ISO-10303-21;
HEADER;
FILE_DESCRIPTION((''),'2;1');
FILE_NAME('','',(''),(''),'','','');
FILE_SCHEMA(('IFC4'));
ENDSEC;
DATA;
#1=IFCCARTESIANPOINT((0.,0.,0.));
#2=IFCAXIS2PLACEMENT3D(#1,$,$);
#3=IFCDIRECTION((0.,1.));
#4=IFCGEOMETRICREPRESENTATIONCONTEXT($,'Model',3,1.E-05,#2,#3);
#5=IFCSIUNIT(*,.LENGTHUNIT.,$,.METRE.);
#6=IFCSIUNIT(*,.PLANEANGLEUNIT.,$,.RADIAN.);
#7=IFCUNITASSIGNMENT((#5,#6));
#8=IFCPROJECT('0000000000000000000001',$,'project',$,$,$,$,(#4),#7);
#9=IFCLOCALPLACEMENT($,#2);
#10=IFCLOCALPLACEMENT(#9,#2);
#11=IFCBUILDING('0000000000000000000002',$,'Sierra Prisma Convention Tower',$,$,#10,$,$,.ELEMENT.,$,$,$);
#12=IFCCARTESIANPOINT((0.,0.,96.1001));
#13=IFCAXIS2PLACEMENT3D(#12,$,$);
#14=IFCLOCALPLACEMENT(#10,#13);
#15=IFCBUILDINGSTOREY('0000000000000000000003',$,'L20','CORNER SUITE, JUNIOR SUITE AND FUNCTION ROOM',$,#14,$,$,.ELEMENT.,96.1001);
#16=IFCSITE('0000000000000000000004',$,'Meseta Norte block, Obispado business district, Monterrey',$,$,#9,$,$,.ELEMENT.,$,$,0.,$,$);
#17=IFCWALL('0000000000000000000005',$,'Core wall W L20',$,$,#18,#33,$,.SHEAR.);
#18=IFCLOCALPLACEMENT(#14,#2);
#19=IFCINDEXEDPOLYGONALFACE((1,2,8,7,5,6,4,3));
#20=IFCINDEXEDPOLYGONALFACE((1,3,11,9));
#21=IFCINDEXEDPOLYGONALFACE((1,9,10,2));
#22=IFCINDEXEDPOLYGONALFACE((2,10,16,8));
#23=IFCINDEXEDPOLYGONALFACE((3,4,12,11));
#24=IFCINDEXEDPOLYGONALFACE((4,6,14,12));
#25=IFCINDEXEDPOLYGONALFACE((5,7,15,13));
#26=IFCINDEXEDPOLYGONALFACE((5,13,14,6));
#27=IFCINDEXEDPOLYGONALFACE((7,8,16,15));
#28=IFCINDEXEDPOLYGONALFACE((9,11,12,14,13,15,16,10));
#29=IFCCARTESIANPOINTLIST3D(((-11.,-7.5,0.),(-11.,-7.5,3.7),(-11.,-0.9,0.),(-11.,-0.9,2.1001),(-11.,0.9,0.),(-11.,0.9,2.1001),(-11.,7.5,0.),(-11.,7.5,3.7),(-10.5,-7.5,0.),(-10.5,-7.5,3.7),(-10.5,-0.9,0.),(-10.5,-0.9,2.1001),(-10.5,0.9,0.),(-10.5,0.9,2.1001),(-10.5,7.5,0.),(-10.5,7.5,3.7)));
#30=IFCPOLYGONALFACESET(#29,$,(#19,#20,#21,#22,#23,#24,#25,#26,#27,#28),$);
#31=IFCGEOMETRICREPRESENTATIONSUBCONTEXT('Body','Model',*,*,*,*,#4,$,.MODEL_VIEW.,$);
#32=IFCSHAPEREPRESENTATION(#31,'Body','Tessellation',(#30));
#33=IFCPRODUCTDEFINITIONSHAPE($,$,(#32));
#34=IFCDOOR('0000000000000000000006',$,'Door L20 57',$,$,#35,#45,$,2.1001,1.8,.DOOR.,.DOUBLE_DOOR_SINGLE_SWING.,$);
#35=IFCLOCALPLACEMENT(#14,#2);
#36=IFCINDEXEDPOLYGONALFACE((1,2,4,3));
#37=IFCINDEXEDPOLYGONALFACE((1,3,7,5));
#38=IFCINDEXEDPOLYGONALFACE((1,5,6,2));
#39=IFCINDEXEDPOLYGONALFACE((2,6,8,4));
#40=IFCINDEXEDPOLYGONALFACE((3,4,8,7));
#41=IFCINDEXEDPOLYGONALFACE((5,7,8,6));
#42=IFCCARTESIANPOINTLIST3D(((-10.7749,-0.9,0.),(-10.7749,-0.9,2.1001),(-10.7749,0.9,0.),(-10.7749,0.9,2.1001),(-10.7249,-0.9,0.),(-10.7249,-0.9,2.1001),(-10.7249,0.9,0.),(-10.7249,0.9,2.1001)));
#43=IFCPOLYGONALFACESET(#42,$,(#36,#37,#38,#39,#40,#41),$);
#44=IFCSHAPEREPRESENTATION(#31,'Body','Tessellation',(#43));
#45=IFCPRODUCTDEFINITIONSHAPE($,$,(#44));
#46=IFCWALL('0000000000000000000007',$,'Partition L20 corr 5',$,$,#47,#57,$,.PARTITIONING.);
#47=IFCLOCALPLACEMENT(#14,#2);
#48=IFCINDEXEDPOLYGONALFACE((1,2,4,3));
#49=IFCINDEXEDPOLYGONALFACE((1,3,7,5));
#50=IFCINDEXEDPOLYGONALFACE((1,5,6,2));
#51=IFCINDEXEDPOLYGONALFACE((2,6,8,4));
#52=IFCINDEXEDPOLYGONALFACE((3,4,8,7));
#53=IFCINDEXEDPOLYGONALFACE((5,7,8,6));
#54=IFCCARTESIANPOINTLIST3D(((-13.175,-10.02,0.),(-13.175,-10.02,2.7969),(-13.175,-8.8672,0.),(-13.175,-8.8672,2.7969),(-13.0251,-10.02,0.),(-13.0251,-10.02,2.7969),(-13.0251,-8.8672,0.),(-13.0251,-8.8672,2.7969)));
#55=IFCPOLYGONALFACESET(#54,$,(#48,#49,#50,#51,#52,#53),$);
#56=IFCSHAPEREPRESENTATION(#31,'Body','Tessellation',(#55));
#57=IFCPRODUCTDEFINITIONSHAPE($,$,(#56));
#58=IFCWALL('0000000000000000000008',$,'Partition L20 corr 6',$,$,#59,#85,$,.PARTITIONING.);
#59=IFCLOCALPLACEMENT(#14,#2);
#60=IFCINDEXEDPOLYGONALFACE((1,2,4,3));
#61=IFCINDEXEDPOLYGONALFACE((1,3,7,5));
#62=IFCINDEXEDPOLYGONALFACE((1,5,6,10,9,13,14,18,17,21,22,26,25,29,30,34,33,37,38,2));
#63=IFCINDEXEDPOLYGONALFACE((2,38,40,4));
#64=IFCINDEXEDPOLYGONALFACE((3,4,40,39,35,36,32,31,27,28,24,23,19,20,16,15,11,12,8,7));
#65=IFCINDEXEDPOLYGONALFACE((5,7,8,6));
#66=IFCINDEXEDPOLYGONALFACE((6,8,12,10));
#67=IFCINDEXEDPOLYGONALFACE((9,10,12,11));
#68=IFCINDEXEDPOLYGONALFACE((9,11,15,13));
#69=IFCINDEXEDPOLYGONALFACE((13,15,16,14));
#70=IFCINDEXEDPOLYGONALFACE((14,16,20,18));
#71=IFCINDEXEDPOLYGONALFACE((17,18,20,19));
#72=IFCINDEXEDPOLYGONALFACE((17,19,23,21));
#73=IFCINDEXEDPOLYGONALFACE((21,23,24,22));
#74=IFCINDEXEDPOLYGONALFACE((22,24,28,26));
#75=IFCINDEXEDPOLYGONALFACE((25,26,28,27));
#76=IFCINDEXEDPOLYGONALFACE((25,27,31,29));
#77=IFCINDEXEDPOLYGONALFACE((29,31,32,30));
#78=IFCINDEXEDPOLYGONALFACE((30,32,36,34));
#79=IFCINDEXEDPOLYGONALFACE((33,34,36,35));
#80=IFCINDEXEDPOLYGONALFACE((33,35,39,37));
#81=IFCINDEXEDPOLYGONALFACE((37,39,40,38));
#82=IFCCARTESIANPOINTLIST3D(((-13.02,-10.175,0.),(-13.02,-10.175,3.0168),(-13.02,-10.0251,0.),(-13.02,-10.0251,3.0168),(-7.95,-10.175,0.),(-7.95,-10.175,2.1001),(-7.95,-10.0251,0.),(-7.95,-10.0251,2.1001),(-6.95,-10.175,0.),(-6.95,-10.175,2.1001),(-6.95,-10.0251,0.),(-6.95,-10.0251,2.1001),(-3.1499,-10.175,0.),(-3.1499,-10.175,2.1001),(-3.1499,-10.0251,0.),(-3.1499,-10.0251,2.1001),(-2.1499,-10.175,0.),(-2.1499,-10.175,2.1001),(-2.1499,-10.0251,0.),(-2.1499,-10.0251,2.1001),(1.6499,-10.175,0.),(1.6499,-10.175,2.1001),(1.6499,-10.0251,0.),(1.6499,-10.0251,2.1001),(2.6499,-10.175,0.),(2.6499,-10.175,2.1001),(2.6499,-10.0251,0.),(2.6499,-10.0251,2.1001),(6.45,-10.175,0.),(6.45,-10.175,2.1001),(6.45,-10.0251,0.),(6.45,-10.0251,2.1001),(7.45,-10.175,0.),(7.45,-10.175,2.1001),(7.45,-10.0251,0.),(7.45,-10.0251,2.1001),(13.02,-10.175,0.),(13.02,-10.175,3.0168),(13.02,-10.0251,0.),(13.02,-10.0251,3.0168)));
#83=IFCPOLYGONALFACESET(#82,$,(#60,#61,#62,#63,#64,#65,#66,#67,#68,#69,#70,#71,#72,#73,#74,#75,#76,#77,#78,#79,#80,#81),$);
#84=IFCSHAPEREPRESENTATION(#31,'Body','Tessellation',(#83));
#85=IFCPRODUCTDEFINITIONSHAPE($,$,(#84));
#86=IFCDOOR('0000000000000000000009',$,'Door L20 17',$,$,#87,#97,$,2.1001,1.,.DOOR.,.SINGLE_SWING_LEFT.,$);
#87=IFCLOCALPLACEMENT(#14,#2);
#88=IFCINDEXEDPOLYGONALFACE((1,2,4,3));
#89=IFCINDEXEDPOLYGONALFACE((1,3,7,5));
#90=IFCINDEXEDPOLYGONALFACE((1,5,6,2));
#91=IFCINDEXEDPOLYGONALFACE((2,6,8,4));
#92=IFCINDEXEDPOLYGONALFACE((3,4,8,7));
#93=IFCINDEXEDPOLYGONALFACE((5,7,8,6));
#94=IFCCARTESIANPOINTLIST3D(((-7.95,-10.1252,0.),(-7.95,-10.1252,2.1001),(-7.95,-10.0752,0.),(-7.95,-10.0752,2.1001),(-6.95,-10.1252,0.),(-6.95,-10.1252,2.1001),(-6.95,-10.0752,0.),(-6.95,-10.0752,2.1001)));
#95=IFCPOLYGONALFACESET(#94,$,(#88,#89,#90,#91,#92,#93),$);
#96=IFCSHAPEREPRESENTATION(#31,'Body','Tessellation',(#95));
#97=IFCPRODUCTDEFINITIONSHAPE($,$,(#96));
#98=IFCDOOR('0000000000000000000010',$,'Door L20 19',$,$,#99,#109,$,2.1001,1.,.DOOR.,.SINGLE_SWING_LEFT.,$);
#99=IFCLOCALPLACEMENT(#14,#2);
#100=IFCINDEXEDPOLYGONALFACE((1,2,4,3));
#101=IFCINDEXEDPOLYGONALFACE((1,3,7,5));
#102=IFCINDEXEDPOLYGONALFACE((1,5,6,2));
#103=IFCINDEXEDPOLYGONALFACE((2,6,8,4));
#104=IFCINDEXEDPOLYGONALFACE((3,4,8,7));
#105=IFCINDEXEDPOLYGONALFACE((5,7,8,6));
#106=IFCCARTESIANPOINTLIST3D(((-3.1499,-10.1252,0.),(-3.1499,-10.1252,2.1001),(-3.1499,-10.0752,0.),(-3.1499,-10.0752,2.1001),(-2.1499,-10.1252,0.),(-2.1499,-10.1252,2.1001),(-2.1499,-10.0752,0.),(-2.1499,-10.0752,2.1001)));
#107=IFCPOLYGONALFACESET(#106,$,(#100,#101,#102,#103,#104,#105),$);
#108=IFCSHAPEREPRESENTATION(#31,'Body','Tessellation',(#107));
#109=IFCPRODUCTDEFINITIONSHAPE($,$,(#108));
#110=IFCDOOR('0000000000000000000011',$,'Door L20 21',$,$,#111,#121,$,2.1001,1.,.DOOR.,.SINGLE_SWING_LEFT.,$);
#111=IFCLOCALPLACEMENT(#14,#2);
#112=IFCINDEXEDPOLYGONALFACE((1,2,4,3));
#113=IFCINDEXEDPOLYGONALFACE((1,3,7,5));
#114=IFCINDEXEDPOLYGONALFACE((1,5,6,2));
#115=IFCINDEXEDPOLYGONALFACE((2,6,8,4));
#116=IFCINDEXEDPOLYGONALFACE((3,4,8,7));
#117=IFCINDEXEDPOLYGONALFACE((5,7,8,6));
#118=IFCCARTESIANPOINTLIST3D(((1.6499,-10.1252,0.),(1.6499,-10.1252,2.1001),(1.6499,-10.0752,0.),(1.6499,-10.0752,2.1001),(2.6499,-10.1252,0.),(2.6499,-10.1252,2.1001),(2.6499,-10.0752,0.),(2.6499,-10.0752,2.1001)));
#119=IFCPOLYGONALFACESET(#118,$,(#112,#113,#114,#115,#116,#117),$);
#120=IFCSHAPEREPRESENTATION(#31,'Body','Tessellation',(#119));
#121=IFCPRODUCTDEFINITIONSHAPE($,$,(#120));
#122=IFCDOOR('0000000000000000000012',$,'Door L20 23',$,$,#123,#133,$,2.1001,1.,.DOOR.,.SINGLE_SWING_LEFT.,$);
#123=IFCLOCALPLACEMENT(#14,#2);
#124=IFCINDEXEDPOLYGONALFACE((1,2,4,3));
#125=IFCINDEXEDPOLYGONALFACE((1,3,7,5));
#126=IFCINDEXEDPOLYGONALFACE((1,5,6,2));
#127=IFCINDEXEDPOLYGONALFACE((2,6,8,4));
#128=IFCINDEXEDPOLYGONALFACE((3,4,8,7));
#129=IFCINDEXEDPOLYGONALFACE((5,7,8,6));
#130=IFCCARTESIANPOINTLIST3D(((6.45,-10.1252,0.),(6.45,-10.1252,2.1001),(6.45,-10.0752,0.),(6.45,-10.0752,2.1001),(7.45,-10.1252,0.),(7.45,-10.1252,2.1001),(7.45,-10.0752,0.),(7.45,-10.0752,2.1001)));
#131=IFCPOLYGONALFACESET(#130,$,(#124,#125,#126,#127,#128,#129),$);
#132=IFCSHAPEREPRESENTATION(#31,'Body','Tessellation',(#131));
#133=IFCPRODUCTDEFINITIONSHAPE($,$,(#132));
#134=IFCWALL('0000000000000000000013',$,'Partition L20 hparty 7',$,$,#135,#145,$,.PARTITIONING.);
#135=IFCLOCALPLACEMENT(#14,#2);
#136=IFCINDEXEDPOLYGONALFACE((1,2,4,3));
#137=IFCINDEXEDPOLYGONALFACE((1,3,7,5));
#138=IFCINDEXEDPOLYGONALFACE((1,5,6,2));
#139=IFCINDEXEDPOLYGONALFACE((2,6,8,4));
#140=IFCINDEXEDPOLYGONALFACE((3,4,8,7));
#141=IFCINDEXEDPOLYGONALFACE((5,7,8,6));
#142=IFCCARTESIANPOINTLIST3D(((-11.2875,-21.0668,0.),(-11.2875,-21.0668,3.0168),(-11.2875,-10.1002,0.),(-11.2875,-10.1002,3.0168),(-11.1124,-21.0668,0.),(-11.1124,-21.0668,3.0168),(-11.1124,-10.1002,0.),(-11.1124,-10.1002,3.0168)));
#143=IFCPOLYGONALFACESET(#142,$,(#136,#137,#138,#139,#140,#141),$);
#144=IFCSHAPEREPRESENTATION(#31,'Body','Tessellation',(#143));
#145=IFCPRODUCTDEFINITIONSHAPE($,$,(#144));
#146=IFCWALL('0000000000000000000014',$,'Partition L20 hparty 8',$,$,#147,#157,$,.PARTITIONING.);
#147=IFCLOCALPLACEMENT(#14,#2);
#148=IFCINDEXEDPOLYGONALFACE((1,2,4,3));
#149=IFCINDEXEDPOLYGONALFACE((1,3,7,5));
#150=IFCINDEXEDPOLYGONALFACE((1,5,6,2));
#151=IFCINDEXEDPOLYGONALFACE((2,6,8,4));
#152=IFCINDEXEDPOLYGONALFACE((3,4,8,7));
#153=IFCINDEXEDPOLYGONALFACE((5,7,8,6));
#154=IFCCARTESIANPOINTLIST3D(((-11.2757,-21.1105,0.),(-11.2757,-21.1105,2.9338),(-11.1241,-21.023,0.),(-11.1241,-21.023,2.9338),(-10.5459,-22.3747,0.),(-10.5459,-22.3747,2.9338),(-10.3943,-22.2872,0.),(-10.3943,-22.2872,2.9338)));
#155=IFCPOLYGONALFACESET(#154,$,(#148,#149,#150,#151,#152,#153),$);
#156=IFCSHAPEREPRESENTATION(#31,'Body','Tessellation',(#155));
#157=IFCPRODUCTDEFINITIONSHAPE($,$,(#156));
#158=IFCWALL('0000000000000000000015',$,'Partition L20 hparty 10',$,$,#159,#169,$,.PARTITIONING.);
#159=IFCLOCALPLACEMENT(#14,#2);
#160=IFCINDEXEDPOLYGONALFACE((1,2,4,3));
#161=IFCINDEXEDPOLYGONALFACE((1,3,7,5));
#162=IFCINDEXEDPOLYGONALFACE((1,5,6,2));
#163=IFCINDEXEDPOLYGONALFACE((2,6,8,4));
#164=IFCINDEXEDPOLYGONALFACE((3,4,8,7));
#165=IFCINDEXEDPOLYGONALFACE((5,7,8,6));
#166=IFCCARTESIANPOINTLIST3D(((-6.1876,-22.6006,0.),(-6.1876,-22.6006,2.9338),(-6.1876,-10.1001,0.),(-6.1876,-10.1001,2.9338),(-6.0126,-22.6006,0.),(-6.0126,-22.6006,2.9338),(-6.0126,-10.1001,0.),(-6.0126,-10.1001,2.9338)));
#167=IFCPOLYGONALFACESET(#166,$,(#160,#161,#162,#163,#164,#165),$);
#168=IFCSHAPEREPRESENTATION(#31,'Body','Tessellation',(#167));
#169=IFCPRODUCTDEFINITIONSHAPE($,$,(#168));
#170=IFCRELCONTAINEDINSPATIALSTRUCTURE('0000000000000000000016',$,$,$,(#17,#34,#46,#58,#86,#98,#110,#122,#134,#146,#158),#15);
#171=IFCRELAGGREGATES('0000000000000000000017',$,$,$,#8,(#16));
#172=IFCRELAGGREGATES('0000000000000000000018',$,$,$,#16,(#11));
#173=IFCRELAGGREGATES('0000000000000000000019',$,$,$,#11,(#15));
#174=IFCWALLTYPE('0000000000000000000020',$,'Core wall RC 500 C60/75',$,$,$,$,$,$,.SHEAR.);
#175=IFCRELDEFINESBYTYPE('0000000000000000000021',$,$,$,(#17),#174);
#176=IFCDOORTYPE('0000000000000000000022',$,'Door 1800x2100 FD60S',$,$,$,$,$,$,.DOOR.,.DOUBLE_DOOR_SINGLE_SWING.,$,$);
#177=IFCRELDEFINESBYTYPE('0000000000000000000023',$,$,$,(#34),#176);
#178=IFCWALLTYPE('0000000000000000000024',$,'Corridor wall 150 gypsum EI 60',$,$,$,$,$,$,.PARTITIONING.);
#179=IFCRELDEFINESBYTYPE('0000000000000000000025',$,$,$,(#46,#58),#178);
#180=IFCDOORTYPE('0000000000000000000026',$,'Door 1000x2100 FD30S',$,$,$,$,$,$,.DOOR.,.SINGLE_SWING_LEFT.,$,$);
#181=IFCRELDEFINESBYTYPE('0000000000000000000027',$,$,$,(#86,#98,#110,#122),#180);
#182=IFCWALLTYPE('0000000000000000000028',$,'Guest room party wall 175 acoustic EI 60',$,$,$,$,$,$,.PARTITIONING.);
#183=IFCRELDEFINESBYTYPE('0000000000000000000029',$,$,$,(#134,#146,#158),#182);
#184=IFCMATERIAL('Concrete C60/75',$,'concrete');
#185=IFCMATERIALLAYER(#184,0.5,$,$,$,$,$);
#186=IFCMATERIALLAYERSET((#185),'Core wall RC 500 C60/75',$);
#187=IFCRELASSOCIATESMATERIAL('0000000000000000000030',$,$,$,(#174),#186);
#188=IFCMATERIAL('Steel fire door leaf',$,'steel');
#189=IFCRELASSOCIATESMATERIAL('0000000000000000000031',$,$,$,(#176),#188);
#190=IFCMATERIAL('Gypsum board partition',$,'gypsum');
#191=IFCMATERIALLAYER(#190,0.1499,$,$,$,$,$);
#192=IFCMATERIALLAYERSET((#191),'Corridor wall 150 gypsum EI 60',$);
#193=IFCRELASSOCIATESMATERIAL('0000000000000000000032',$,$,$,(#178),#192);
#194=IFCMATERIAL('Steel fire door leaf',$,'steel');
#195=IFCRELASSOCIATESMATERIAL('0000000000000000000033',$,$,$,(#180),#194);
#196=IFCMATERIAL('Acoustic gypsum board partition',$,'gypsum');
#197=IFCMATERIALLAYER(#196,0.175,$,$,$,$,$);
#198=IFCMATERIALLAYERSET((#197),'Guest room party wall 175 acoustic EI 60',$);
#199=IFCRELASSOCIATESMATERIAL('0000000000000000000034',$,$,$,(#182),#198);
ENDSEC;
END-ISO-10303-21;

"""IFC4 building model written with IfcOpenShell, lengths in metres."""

from ifc_helpers import new_model, si_unit, direction, frame, frame_2d, origin, place, context, subcontext, project, spatial, rectangle, extrude, material, layer, layer_set, type_object, element, fill, save


model = new_model("IFC4")

# Units and contexts
model_context = context("Model", 3, precision=1e-05, world=origin(), true_north=direction((0.0, 1.0)))
body_context = subcontext(model_context, "Body", "Model", "MODEL_VIEW")
ifc_project = project(units=[si_unit("LENGTHUNIT", "METRE"), si_unit("PLANEANGLEUNIT", "RADIAN")], contexts=[model_context])

# Site, building, storey
site_placement = place(None, origin())
site = spatial("IfcSite", under=ifc_project, at=site_placement, Name="Meseta Norte block, Obispado business district, Monterrey", CompositionType="ELEMENT", RefElevation=0.0)
building_placement = place(site_placement, origin())
building = spatial("IfcBuilding", under=site, at=building_placement, Name="Sierra Prisma Convention Tower", CompositionType="ELEMENT")
storey_placement = place(building_placement, frame((0.0, 0.0, 96.1001)))
storey = spatial("IfcBuildingStorey", under=building, at=storey_placement, Name="L20", Description="CORNER SUITE, JUNIOR SUITE AND FUNCTION ROOM", CompositionType="ELEMENT", Elevation=96.1001)

# Wall, opening, door
ifc_material_1 = material(Name="Concrete C60/75", Category="concrete")
ifc_layer_1 = layer(ifc_material_1, 0.5)
ifc_layer_set_1 = layer_set([ifc_layer_1], Name="Core wall RC 500 C60/75")
wall_type_1 = type_object("IfcWallType", Name="Core wall RC 500 C60/75", PredefinedType="SHEAR", material=ifc_layer_set_1)
wall_1_placement = place(storey_placement, frame((-10.75, -7.5, 0.0), z_axis=(0.0, 0.0, 1.0), x_axis=(0.0, 1.0, 0.0)))
wall_1 = element("IfcWall", 1, at=wall_1_placement, inside=storey, type_object=wall_type_1, Name="Core wall W L20", PredefinedType="SHEAR", context=body_context, shape_type="SweptSolid", body=[
    extrude(rectangle(XDim=15.0, YDim=0.5, at=frame_2d((7.5, 0.0))), origin(), (0.0, 0.0, 1.0), 3.7),
])
opening_1_placement = place(wall_1_placement, frame((6.6001, 0.0, 0.0)))
opening_1 = element("IfcOpeningElement", 2, at=opening_1_placement, cuts=wall_1, PredefinedType="OPENING", context=body_context, shape_type="SweptSolid", body=[
    extrude(rectangle(XDim=1.8, YDim=2.1001, at=frame_2d((0.8999, 1.05))), frame((0.0, 0.25, 0.0), z_axis=(0.0, -1.0, 0.0), x_axis=(1.0, 0.0, 0.0)), (0.0, 0.0, 1.0), 0.5),
])
ifc_material_2 = material(Name="Steel fire door leaf", Category="steel")
door_type_1 = type_object("IfcDoorType", Name="Door 1800x2100 FD60S", OperationType="DOUBLE_DOOR_SINGLE_SWING", PredefinedType="DOOR", material=ifc_material_2)
door_1_placement = place(opening_1_placement, origin())
door_1 = element("IfcDoor", 3, at=door_1_placement, inside=storey, type_object=door_type_1, Name="Door L20 57", OperationType="DOUBLE_DOOR_SINGLE_SWING", OverallHeight=2.1001, OverallWidth=1.8, PredefinedType="DOOR", context=body_context, shape_type="SweptSolid", body=[
    extrude(rectangle(XDim=1.8, YDim=2.1001, at=frame_2d((0.8999, 1.05))), frame((0.0, 0.0249, 0.0), z_axis=(0.0, -1.0, 0.0), x_axis=(1.0, 0.0, 0.0)), (0.0, 0.0, 1.0), 0.05),
])
fill(opening_1, door_1)

# Wall
ifc_material_3 = material(Name="Gypsum board partition", Category="gypsum")
ifc_layer_2 = layer(ifc_material_3, 0.1499)
ifc_layer_set_2 = layer_set([ifc_layer_2], Name="Corridor wall 150 gypsum EI 60")
wall_type_2 = type_object("IfcWallType", Name="Corridor wall 150 gypsum EI 60", PredefinedType="PARTITIONING", material=ifc_layer_set_2)
wall_2_placement = place(storey_placement, frame((-13.1001, -8.8672, 0.0), z_axis=(0.0, 0.0, 1.0), x_axis=(0.0, -1.0, 0.0)))
element("IfcWall", 4, at=wall_2_placement, inside=storey, type_object=wall_type_2, Name="Partition L20 corr 5", PredefinedType="PARTITIONING", context=body_context, shape_type="SweptSolid", body=[
    extrude(rectangle(XDim=1.1528, YDim=0.1499, at=frame_2d((0.5764, 0.0))), origin(), (0.0, 0.0, 1.0), 2.7969),
])

# Wall, openings, doors
wall_3_placement = place(storey_placement, frame((-13.02, -10.1001, 0.0), z_axis=(0.0, 0.0, 1.0), x_axis=(1.0, 0.0, 0.0)))
wall_3 = element("IfcWall", 5, at=wall_3_placement, inside=storey, type_object=wall_type_2, Name="Partition L20 corr 6", PredefinedType="PARTITIONING", context=body_context, shape_type="SweptSolid", body=[
    extrude(rectangle(XDim=26.04, YDim=0.1499, at=frame_2d((13.02, 0.0))), origin(), (0.0, 0.0, 1.0), 3.0168),
])
opening_2_placement = place(wall_3_placement, frame((5.0701, 0.0, 0.0)))
opening_2 = element("IfcOpeningElement", 6, at=opening_2_placement, cuts=wall_3, PredefinedType="OPENING", context=body_context, shape_type="SweptSolid", body=[
    extrude(rectangle(XDim=1.0, YDim=2.1001, at=frame_2d((0.5, 1.05))), frame((0.0, 0.075, 0.0), z_axis=(0.0, -1.0, 0.0), x_axis=(1.0, 0.0, 0.0)), (0.0, 0.0, 1.0), 0.1499),
])
opening_3_placement = place(wall_3_placement, frame((9.8701, 0.0, 0.0)))
opening_3 = element("IfcOpeningElement", 7, at=opening_3_placement, cuts=wall_3, PredefinedType="OPENING", context=body_context, shape_type="SweptSolid", body=[
    extrude(rectangle(XDim=1.0, YDim=2.1001, at=frame_2d((0.5, 1.05))), frame((0.0, 0.075, 0.0), z_axis=(0.0, -1.0, 0.0), x_axis=(1.0, 0.0, 0.0)), (0.0, 0.0, 1.0), 0.1499),
])
opening_4_placement = place(wall_3_placement, frame((14.6699, 0.0, 0.0)))
opening_4 = element("IfcOpeningElement", 8, at=opening_4_placement, cuts=wall_3, PredefinedType="OPENING", context=body_context, shape_type="SweptSolid", body=[
    extrude(rectangle(XDim=1.0, YDim=2.1001, at=frame_2d((0.5, 1.05))), frame((0.0, 0.075, 0.0), z_axis=(0.0, -1.0, 0.0), x_axis=(1.0, 0.0, 0.0)), (0.0, 0.0, 1.0), 0.1499),
])
opening_5_placement = place(wall_3_placement, frame((19.47, 0.0, 0.0)))
opening_5 = element("IfcOpeningElement", 9, at=opening_5_placement, cuts=wall_3, PredefinedType="OPENING", context=body_context, shape_type="SweptSolid", body=[
    extrude(rectangle(XDim=1.0, YDim=2.1001, at=frame_2d((0.5, 1.05))), frame((0.0, 0.075, 0.0), z_axis=(0.0, -1.0, 0.0), x_axis=(1.0, 0.0, 0.0)), (0.0, 0.0, 1.0), 0.1499),
])
ifc_material_4 = material(Name="Steel fire door leaf", Category="steel")
door_type_2 = type_object("IfcDoorType", Name="Door 1000x2100 FD30S", OperationType="SINGLE_SWING_LEFT", PredefinedType="DOOR", material=ifc_material_4)
door_2_placement = place(opening_2_placement, origin())
door_2 = element("IfcDoor", 10, at=door_2_placement, inside=storey, type_object=door_type_2, Name="Door L20 17", OperationType="SINGLE_SWING_LEFT", OverallHeight=2.1001, OverallWidth=1.0, PredefinedType="DOOR", context=body_context, shape_type="SweptSolid", body=[
    extrude(rectangle(XDim=1.0, YDim=2.1001, at=frame_2d((0.5, 1.05))), frame((0.0, 0.0249, 0.0), z_axis=(0.0, -1.0, 0.0), x_axis=(1.0, 0.0, 0.0)), (0.0, 0.0, 1.0), 0.05),
])
fill(opening_2, door_2)
door_3_placement = place(opening_3_placement, origin())
door_3 = element("IfcDoor", 11, at=door_3_placement, inside=storey, type_object=door_type_2, Name="Door L20 19", OperationType="SINGLE_SWING_LEFT", OverallHeight=2.1001, OverallWidth=1.0, PredefinedType="DOOR", context=body_context, shape_type="SweptSolid", body=[
    extrude(rectangle(XDim=1.0, YDim=2.1001, at=frame_2d((0.5, 1.05))), frame((0.0, 0.0249, 0.0), z_axis=(0.0, -1.0, 0.0), x_axis=(1.0, 0.0, 0.0)), (0.0, 0.0, 1.0), 0.05),
])
fill(opening_3, door_3)
door_4_placement = place(opening_4_placement, origin())
door_4 = element("IfcDoor", 12, at=door_4_placement, inside=storey, type_object=door_type_2, Name="Door L20 21", OperationType="SINGLE_SWING_LEFT", OverallHeight=2.1001, OverallWidth=1.0, PredefinedType="DOOR", context=body_context, shape_type="SweptSolid", body=[
    extrude(rectangle(XDim=1.0, YDim=2.1001, at=frame_2d((0.5, 1.05))), frame((0.0, 0.0249, 0.0), z_axis=(0.0, -1.0, 0.0), x_axis=(1.0, 0.0, 0.0)), (0.0, 0.0, 1.0), 0.05),
])
fill(opening_4, door_4)
door_5_placement = place(opening_5_placement, origin())
door_5 = element("IfcDoor", 13, at=door_5_placement, inside=storey, type_object=door_type_2, Name="Door L20 23", OperationType="SINGLE_SWING_LEFT", OverallHeight=2.1001, OverallWidth=1.0, PredefinedType="DOOR", context=body_context, shape_type="SweptSolid", body=[
    extrude(rectangle(XDim=1.0, YDim=2.1001, at=frame_2d((0.5, 1.05))), frame((0.0, 0.0249, 0.0), z_axis=(0.0, -1.0, 0.0), x_axis=(1.0, 0.0, 0.0)), (0.0, 0.0, 1.0), 0.05),
])
fill(opening_5, door_5)

# Walls
ifc_material_5 = material(Name="Acoustic gypsum board partition", Category="gypsum")
ifc_layer_3 = layer(ifc_material_5, 0.175)
ifc_layer_set_3 = layer_set([ifc_layer_3], Name="Guest room party wall 175 acoustic EI 60")
wall_type_3 = type_object("IfcWallType", Name="Guest room party wall 175 acoustic EI 60", PredefinedType="PARTITIONING", material=ifc_layer_set_3)
wall_4_placement = place(storey_placement, frame((-11.2, -10.1001, 0.0), z_axis=(0.0, 0.0, 1.0), x_axis=(0.0, -1.0, 0.0)))
element("IfcWall", 14, at=wall_4_placement, inside=storey, type_object=wall_type_3, Name="Partition L20 hparty 7", PredefinedType="PARTITIONING", context=body_context, shape_type="SweptSolid", body=[
    extrude(rectangle(XDim=10.9666, YDim=0.175, at=frame_2d((5.4834, 0.0))), origin(), (0.0, 0.0, 1.0), 3.0168),
])
wall_5_placement = place(storey_placement, frame((-11.2, -21.0667, 0.0), z_axis=(0.0, 0.0, 1.0), x_axis=(0.499935, -0.866063, 0.0)))
element("IfcWall", 15, at=wall_5_placement, inside=storey, type_object=wall_type_3, Name="Partition L20 hparty 8", PredefinedType="PARTITIONING", context=body_context, shape_type="SweptSolid", body=[
    extrude(rectangle(XDim=1.4597, YDim=0.175, at=frame_2d((0.73, 0.0))), origin(), (0.0, 0.0, 1.0), 2.9338),
])
wall_6_placement = place(storey_placement, frame((-6.1001, -10.1001, 0.0), z_axis=(0.0, 0.0, 1.0), x_axis=(0.0, -1.0, 0.0)))
element("IfcWall", 16, at=wall_6_placement, inside=storey, type_object=wall_type_3, Name="Partition L20 hparty 10", PredefinedType="PARTITIONING", context=body_context, shape_type="SweptSolid", body=[
    extrude(rectangle(XDim=12.5005, YDim=0.175, at=frame_2d((6.2502, 0.0))), origin(), (0.0, 0.0, 1.0), 2.9338),
])

save(model, "model.ifc")
